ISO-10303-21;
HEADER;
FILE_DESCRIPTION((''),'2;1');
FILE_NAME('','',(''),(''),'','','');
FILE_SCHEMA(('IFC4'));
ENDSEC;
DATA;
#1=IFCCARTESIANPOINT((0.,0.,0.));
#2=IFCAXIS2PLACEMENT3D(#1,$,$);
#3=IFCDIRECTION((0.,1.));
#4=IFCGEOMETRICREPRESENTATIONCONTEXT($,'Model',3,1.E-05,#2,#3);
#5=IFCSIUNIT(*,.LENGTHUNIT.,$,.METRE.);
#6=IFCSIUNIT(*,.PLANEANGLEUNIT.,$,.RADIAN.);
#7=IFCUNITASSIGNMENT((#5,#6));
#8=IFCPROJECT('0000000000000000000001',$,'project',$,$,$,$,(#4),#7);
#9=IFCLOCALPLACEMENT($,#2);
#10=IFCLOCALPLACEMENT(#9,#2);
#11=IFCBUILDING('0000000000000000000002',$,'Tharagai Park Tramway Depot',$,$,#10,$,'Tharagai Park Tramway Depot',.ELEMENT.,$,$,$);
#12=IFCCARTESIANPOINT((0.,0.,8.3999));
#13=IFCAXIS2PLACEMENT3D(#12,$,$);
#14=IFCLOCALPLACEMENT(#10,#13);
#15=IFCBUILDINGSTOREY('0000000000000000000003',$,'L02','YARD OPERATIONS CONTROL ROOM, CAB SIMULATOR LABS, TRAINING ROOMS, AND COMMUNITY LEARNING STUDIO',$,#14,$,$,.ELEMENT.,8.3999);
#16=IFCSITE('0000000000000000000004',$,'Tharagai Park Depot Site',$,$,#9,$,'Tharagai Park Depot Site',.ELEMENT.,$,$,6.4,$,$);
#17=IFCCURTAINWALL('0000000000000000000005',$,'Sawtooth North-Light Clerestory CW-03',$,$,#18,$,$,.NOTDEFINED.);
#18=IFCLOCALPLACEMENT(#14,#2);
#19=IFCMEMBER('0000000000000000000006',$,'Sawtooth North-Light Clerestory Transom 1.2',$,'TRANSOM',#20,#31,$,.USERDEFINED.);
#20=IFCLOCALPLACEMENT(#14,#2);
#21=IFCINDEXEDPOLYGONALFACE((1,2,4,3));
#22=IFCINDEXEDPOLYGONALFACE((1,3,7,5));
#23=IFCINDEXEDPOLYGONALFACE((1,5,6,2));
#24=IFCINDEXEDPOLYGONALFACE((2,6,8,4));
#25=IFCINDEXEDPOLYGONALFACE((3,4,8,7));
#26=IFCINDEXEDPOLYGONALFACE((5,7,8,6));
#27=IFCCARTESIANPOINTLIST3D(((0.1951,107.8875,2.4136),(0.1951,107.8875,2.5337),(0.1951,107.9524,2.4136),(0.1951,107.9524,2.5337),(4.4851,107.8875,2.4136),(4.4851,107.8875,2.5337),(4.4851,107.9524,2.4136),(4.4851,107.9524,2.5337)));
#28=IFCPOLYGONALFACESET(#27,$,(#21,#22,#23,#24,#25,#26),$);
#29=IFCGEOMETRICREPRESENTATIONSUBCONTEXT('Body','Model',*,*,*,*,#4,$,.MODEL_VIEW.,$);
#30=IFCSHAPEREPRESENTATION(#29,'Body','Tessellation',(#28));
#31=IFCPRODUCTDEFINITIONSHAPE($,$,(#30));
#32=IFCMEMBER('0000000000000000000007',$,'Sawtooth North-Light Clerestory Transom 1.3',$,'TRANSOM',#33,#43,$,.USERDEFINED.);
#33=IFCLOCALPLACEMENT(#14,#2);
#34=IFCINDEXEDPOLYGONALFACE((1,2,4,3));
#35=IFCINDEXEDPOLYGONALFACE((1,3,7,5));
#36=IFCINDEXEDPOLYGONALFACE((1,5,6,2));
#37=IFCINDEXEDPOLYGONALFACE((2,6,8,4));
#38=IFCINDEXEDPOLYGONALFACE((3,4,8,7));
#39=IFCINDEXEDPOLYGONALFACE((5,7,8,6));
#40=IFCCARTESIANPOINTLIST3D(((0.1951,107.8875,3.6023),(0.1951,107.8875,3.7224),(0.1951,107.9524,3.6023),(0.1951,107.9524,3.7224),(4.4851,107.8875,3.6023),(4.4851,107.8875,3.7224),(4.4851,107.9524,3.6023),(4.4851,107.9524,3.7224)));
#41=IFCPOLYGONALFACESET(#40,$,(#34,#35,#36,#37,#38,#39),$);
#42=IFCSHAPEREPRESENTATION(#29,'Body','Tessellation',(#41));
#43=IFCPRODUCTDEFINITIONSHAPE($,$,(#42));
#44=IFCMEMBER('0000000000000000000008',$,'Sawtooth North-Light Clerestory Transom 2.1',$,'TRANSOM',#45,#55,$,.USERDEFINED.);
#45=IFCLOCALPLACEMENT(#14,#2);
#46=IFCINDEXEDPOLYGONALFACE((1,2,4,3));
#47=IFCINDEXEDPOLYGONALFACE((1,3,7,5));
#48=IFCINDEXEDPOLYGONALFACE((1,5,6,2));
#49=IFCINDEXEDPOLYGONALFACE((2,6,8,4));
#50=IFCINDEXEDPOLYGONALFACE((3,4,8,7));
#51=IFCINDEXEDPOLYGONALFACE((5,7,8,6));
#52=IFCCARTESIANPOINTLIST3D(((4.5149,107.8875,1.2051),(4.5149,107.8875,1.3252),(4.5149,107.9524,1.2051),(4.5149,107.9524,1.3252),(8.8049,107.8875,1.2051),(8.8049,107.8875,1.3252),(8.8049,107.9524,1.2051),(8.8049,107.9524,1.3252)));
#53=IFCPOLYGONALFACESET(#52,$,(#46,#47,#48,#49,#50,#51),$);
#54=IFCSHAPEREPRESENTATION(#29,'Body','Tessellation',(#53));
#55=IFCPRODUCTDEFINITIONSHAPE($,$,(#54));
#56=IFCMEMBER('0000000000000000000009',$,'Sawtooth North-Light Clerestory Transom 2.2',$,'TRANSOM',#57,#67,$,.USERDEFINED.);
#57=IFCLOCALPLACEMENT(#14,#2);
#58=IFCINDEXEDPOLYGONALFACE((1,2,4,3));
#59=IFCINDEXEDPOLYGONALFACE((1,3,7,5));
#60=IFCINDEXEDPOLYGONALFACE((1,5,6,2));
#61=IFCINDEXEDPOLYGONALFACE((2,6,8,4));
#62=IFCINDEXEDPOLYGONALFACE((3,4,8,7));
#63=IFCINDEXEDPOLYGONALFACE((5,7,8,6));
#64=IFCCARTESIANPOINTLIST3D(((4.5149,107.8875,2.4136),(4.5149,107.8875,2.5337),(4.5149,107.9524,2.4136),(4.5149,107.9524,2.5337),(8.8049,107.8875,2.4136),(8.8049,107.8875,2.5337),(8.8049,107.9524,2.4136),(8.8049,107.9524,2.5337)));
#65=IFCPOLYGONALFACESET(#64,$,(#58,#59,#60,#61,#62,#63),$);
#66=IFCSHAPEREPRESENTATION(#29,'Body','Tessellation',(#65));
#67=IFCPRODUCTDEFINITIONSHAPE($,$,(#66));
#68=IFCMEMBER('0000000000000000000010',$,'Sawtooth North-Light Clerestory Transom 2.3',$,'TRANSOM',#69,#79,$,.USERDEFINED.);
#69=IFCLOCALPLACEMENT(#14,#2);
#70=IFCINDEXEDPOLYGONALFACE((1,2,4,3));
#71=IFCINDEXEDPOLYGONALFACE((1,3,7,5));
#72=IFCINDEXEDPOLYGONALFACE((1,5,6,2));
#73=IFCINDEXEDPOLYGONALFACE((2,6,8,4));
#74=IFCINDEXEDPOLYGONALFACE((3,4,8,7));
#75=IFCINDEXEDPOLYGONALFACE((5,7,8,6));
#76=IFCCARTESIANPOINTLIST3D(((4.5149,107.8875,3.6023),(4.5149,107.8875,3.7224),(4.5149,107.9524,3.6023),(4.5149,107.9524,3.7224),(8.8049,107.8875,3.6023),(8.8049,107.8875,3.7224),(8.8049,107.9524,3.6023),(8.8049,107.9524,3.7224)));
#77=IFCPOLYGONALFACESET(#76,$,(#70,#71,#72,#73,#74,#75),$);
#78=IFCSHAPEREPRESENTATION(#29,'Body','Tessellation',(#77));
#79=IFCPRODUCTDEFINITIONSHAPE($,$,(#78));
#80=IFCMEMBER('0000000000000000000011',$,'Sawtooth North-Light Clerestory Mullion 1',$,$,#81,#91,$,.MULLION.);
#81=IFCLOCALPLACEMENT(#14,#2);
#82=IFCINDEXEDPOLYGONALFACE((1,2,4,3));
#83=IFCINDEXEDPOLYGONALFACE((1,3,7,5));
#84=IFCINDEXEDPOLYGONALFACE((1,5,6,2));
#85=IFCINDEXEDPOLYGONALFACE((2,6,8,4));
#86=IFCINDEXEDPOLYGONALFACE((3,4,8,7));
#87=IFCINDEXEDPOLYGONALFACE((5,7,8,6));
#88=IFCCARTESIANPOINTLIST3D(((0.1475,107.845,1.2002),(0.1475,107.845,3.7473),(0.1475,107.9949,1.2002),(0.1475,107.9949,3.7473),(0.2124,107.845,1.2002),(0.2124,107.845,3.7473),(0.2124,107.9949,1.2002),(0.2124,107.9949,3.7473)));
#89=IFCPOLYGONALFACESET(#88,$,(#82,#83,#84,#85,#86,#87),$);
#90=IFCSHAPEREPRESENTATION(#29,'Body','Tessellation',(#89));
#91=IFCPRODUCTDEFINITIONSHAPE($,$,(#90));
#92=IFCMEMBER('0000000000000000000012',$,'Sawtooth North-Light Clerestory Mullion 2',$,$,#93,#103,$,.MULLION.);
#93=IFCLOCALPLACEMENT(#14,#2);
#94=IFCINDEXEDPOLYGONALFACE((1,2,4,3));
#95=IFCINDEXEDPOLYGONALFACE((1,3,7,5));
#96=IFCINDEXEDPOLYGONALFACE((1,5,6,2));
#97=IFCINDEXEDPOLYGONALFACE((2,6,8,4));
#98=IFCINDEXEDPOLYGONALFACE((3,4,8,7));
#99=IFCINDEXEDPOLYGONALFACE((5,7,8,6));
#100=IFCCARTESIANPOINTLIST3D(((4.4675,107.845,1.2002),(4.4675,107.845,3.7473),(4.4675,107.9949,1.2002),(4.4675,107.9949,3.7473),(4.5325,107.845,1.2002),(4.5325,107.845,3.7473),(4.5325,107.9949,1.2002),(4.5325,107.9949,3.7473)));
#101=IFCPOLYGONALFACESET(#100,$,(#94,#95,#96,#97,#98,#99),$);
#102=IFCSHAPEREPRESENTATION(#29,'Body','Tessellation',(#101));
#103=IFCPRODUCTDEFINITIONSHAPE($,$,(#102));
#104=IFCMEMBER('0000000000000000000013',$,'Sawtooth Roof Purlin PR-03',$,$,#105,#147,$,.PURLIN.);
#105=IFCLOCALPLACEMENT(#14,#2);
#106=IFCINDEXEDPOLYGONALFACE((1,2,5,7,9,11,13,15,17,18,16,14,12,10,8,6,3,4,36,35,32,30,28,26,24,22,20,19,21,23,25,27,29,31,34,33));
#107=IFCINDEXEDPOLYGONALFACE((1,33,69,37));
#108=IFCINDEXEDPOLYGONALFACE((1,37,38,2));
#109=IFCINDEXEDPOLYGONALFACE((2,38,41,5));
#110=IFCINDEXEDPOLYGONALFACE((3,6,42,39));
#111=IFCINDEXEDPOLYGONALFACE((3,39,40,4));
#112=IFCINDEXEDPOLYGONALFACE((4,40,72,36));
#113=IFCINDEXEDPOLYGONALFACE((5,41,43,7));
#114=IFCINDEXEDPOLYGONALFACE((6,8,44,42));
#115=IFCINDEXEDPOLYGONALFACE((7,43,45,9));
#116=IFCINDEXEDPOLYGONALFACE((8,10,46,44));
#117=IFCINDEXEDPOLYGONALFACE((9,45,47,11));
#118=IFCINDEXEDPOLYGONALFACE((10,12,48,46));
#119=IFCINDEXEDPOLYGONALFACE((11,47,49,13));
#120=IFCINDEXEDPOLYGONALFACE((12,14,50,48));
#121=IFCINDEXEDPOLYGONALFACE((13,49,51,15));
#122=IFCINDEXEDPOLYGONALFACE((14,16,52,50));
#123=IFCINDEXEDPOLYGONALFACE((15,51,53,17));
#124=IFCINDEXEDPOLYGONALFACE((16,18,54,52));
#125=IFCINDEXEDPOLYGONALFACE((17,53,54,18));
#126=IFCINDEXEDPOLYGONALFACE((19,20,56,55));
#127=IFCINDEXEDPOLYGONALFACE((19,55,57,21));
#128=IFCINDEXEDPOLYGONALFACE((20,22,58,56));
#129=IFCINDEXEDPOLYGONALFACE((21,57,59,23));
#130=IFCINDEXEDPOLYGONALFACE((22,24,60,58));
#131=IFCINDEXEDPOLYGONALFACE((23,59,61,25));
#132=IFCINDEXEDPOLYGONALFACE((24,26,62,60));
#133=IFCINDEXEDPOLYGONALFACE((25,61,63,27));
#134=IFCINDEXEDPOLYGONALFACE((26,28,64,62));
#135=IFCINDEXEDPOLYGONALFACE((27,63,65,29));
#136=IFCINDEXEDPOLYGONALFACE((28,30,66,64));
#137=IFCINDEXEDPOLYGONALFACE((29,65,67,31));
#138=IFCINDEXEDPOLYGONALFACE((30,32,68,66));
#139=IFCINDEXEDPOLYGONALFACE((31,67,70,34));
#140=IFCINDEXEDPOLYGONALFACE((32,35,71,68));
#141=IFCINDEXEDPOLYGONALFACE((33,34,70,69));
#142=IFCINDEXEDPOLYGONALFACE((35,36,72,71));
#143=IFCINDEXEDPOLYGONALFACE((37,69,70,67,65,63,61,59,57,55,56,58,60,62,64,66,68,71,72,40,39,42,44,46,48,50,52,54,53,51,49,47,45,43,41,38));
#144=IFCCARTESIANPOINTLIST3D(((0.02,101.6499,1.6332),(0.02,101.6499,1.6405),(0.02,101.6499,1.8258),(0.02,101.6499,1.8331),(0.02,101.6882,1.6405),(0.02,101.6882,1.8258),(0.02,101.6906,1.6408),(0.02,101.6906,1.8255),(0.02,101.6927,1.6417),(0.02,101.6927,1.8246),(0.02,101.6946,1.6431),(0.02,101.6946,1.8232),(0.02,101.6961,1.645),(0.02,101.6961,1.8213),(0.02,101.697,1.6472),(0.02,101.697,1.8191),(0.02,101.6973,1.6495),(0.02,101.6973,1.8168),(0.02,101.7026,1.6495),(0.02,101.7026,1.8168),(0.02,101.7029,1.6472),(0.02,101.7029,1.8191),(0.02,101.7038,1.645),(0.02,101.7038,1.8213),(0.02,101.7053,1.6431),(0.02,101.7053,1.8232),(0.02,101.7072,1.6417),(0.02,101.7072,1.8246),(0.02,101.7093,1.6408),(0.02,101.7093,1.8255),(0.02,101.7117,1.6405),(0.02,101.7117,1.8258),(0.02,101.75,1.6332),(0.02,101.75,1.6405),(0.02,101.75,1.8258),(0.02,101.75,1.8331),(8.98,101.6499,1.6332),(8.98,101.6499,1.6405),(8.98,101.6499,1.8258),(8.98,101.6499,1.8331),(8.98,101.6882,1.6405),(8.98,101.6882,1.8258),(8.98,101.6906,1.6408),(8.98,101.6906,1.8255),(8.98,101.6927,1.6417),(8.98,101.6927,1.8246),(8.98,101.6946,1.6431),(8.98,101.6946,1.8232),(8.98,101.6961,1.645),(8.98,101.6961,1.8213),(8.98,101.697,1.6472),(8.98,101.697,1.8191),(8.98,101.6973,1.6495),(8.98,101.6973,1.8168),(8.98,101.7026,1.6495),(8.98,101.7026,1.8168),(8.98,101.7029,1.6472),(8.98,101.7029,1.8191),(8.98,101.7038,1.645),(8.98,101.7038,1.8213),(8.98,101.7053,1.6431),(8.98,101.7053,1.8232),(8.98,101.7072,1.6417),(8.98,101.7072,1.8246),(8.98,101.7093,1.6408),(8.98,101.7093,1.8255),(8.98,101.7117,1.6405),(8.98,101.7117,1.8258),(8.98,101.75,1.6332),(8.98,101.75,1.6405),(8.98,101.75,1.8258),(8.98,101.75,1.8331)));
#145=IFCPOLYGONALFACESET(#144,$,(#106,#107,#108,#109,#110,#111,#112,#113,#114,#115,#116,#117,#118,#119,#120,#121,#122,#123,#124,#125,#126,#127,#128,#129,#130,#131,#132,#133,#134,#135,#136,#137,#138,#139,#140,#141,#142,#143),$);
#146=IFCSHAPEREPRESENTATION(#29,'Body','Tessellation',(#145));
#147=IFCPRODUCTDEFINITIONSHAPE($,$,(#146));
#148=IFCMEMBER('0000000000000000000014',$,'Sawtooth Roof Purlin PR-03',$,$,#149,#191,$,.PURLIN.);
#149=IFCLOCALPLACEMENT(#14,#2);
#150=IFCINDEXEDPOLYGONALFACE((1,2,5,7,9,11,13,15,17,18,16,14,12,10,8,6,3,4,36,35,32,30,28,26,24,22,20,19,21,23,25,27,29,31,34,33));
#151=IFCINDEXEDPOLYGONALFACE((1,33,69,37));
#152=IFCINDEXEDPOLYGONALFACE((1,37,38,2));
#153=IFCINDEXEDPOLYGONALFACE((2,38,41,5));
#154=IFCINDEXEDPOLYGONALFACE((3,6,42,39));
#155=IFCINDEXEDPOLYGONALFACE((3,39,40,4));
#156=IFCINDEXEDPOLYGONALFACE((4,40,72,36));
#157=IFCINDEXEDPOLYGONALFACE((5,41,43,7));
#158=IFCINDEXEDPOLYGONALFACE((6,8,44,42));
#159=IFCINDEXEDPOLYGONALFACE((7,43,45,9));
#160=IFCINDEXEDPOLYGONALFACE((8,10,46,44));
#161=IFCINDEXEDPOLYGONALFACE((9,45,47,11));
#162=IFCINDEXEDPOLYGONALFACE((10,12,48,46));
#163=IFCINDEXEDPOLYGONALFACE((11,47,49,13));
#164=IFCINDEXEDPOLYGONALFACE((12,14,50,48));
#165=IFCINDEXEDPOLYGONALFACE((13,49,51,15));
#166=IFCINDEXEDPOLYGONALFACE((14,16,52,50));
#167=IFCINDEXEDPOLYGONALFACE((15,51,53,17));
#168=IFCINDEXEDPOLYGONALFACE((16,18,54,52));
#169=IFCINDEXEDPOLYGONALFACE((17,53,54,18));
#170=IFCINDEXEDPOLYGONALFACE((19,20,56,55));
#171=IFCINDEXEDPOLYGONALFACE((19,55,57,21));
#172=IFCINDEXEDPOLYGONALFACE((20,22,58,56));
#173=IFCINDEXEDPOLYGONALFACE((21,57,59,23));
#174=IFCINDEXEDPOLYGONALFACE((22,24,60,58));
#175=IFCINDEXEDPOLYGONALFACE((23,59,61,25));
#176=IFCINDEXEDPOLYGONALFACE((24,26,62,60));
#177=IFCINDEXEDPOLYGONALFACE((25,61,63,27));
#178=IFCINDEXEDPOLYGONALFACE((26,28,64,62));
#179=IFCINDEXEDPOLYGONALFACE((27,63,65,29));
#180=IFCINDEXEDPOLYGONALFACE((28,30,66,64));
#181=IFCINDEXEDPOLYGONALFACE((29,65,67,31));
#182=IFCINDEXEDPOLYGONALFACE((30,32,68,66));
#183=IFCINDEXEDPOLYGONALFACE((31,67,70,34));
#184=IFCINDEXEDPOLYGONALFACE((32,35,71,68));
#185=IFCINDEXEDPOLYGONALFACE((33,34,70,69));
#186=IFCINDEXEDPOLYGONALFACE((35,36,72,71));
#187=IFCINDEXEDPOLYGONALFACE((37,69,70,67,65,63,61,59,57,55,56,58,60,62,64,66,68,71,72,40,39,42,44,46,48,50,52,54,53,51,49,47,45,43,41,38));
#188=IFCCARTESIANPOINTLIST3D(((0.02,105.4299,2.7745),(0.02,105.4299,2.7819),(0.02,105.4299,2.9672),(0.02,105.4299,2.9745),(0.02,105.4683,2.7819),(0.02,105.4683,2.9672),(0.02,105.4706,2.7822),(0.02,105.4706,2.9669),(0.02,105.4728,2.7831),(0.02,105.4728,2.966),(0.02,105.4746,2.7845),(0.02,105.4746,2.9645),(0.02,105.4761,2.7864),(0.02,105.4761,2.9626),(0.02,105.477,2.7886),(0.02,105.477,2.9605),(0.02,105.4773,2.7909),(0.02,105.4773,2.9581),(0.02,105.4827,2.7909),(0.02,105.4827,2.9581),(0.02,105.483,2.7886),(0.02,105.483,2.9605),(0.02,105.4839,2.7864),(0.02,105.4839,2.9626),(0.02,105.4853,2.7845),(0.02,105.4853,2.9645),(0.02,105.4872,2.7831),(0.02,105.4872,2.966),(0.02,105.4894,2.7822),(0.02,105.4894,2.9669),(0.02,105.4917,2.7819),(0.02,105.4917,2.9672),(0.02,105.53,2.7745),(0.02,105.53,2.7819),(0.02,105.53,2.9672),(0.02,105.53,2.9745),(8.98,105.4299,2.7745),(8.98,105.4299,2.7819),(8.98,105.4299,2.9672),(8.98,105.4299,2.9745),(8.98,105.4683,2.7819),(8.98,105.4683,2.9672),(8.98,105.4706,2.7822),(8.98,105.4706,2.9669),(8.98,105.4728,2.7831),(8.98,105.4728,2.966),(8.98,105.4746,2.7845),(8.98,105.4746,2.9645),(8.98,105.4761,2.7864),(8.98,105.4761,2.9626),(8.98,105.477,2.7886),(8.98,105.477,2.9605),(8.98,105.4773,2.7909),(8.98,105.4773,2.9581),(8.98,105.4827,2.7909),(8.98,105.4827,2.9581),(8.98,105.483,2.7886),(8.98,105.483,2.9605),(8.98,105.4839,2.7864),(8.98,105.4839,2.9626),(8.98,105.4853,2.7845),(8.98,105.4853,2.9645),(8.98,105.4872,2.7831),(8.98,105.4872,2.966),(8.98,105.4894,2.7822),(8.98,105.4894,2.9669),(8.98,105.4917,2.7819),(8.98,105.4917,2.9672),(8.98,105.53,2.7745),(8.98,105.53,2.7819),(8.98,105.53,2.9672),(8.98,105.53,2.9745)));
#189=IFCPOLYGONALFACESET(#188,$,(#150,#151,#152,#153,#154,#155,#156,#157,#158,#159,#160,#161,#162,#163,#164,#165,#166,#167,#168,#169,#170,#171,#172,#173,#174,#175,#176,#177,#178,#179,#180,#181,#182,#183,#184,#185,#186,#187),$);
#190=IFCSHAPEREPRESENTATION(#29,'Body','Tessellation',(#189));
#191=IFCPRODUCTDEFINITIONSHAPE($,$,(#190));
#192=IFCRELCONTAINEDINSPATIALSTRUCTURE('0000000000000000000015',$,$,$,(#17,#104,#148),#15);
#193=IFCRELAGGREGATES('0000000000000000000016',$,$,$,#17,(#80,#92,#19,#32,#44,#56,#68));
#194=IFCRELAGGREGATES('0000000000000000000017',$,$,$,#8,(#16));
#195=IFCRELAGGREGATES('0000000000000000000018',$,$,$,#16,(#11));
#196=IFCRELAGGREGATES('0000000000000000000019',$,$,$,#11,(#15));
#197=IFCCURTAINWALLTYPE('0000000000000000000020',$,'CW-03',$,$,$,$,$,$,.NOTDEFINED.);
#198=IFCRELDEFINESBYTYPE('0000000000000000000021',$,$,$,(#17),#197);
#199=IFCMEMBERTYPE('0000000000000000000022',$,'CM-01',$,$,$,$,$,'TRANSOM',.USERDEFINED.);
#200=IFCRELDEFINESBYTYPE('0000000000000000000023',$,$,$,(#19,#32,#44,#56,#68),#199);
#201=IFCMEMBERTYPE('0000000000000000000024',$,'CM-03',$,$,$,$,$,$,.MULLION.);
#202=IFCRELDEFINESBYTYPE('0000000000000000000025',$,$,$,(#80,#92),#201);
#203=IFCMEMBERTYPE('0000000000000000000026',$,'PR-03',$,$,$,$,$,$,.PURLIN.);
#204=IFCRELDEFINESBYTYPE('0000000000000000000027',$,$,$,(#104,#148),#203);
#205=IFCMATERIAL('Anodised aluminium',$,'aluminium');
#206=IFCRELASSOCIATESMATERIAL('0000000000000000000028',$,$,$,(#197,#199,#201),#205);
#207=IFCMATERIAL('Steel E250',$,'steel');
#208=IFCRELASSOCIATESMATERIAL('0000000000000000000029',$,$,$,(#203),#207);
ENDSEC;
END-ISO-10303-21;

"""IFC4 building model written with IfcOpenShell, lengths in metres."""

from ifc_helpers import new_model, si_unit, direction, frame, origin, origin_2d, place, context, subcontext, project, spatial, rectangle, i_section, extrude, material, material_profile, profile_set, type_object, element, aggregate, save


model = new_model("IFC4")

# Units and contexts
model_context = context("Model", 3, precision=1e-05, world=origin(), true_north=direction((0.0, 1.0)))
body_context = subcontext(model_context, "Body", "Model", "MODEL_VIEW")
ifc_project = project(units=[si_unit("LENGTHUNIT", "METRE"), si_unit("PLANEANGLEUNIT", "RADIAN")], contexts=[model_context])

# Site, building, storey
site_placement = place(None, origin())
site = spatial("IfcSite", under=ifc_project, at=site_placement, Name="Tharagai Park Depot Site", LongName="Tharagai Park Depot Site", CompositionType="ELEMENT", RefElevation=6.4)
building_placement = place(site_placement, origin())
building = spatial("IfcBuilding", under=site, at=building_placement, Name="Tharagai Park Tramway Depot", LongName="Tharagai Park Tramway Depot", CompositionType="ELEMENT")
storey_placement = place(building_placement, frame((0.0, 0.0, 8.3999)))
storey = spatial("IfcBuildingStorey", under=building, at=storey_placement, Name="L02", Description="YARD OPERATIONS CONTROL ROOM, CAB SIMULATOR LABS, TRAINING ROOMS, AND COMMUNITY LEARNING STUDIO", CompositionType="ELEMENT", Elevation=8.3999)

# Curtain wall, members
ifc_material_1 = material(Name="Anodised aluminium", Category="aluminium")
curtain_wall_type = type_object("IfcCurtainWallType", Name="CW-03", PredefinedType="NOTDEFINED", material=ifc_material_1)
curtain_wall_placement = place(storey_placement, origin())
curtain_wall = element("IfcCurtainWall", 1, at=curtain_wall_placement, inside=storey, type_object=curtain_wall_type, Name="Sawtooth North-Light Clerestory CW-03", PredefinedType="NOTDEFINED")
ifc_material_profile_1 = material_profile(ifc_material_1, rectangle(XDim=0.0649, YDim=0.1201, at=origin_2d()), Name="ALU 65x120")
ifc_profile_set_1 = profile_set([ifc_material_profile_1], Name="Anodised aluminium")
member_type_1 = type_object("IfcMemberType", Name="CM-01", ElementType="TRANSOM", PredefinedType="USERDEFINED", material=ifc_profile_set_1)
member_1_placement = place(storey_placement, frame((0.1951, 107.9199, 2.4736), z_axis=(1.0, 0.0, 0.0), x_axis=(0.0, 1.0, 0.0)))
member_1 = element("IfcMember", 2, at=member_1_placement, type_object=member_type_1, Name="Sawtooth North-Light Clerestory Transom 1.2", ObjectType="TRANSOM", PredefinedType="USERDEFINED", context=body_context, shape_type="SweptSolid", body=[
    extrude(rectangle(XDim=0.0649, YDim=0.1201, at=origin_2d()), origin(), (0.0, 0.0, 1.0), 4.29),
])
member_2_placement = place(storey_placement, frame((0.1951, 107.9199, 3.6624), z_axis=(1.0, 0.0, 0.0), x_axis=(0.0, 1.0, 0.0)))
member_2 = element("IfcMember", 3, at=member_2_placement, type_object=member_type_1, Name="Sawtooth North-Light Clerestory Transom 1.3", ObjectType="TRANSOM", PredefinedType="USERDEFINED", context=body_context, shape_type="SweptSolid", body=[
    extrude(rectangle(XDim=0.0649, YDim=0.1201, at=origin_2d()), origin(), (0.0, 0.0, 1.0), 4.29),
])
member_3_placement = place(storey_placement, frame((4.5149, 107.9199, 1.2651), z_axis=(1.0, 0.0, 0.0), x_axis=(0.0, 1.0, 0.0)))
member_3 = element("IfcMember", 4, at=member_3_placement, type_object=member_type_1, Name="Sawtooth North-Light Clerestory Transom 2.1", ObjectType="TRANSOM", PredefinedType="USERDEFINED", context=body_context, shape_type="SweptSolid", body=[
    extrude(rectangle(XDim=0.0649, YDim=0.1201, at=origin_2d()), origin(), (0.0, 0.0, 1.0), 4.29),
])
member_4_placement = place(storey_placement, frame((4.5149, 107.9199, 2.4736), z_axis=(1.0, 0.0, 0.0), x_axis=(0.0, 1.0, 0.0)))
member_4 = element("IfcMember", 5, at=member_4_placement, type_object=member_type_1, Name="Sawtooth North-Light Clerestory Transom 2.2", ObjectType="TRANSOM", PredefinedType="USERDEFINED", context=body_context, shape_type="SweptSolid", body=[
    extrude(rectangle(XDim=0.0649, YDim=0.1201, at=origin_2d()), origin(), (0.0, 0.0, 1.0), 4.29),
])
member_5_placement = place(storey_placement, frame((4.5149, 107.9199, 3.6624), z_axis=(1.0, 0.0, 0.0), x_axis=(0.0, 1.0, 0.0)))
member_5 = element("IfcMember", 6, at=member_5_placement, type_object=member_type_1, Name="Sawtooth North-Light Clerestory Transom 2.3", ObjectType="TRANSOM", PredefinedType="USERDEFINED", context=body_context, shape_type="SweptSolid", body=[
    extrude(rectangle(XDim=0.0649, YDim=0.1201, at=origin_2d()), origin(), (0.0, 0.0, 1.0), 4.29),
])
ifc_material_profile_2 = material_profile(ifc_material_1, rectangle(XDim=0.0649, YDim=0.1499, at=origin_2d()), Name="ALU 65x150")
ifc_profile_set_2 = profile_set([ifc_material_profile_2], Name="Anodised aluminium")
member_type_2 = type_object("IfcMemberType", Name="CM-03", PredefinedType="MULLION", material=ifc_profile_set_2)
member_6_placement = place(storey_placement, frame((0.1799, 107.9199, 1.2002), z_axis=(0.0, 0.0, 1.0), x_axis=(1.0, 0.0, 0.0)))
member_6 = element("IfcMember", 7, at=member_6_placement, type_object=member_type_2, Name="Sawtooth North-Light Clerestory Mullion 1", PredefinedType="MULLION", context=body_context, shape_type="SweptSolid", body=[
    extrude(rectangle(XDim=0.0649, YDim=0.1499, at=origin_2d()), origin(), (0.0, 0.0, 1.0), 2.5471),
])
member_7_placement = place(storey_placement, frame((4.5, 107.9199, 1.2002), z_axis=(0.0, 0.0, 1.0), x_axis=(1.0, 0.0, 0.0)))
member_7 = element("IfcMember", 8, at=member_7_placement, type_object=member_type_2, Name="Sawtooth North-Light Clerestory Mullion 2", PredefinedType="MULLION", context=body_context, shape_type="SweptSolid", body=[
    extrude(rectangle(XDim=0.0649, YDim=0.1499, at=origin_2d()), origin(), (0.0, 0.0, 1.0), 2.5471),
])

# Members
ifc_material_2 = material(Name="Steel E250", Category="steel")
ifc_material_profile_3 = material_profile(ifc_material_2, i_section(OverallWidth=0.1001, OverallDepth=0.2, WebThickness=0.0054, FlangeThickness=0.0073, FilletRadius=0.009, at=origin_2d()), Name="ISLB 200")
ifc_profile_set_3 = profile_set([ifc_material_profile_3], Name="Steel E250")
member_type_3 = type_object("IfcMemberType", Name="PR-03", PredefinedType="PURLIN", material=ifc_profile_set_3)
for number, where, z_axis, x_axis, name in (
    (9, (0.02, 101.7, 1.7332), (1.0, 0.0, 0.0), (0.0, 1.0, 0.0), "Sawtooth Roof Purlin PR-03"),
    (10, (0.02, 105.48, 2.8745), (1.0, 0.0, 0.0), (0.0, 1.0, 0.0), "Sawtooth Roof Purlin PR-03"),
):
    element("IfcMember", number, at=place(storey_placement, frame(where, z_axis=z_axis, x_axis=x_axis)), inside=storey, type_object=member_type_3, Name=name, PredefinedType="PURLIN", context=body_context, shape_type="SweptSolid", body=[
        extrude(i_section(OverallWidth=0.1001, OverallDepth=0.2, WebThickness=0.0054, FlangeThickness=0.0073, FilletRadius=0.009, at=origin_2d()), origin(), (0.0, 0.0, 1.0), 8.96),
    ])

aggregate(curtain_wall, [member_6, member_7, member_1, member_2, member_3, member_4, member_5])

save(model, "model.ifc")
